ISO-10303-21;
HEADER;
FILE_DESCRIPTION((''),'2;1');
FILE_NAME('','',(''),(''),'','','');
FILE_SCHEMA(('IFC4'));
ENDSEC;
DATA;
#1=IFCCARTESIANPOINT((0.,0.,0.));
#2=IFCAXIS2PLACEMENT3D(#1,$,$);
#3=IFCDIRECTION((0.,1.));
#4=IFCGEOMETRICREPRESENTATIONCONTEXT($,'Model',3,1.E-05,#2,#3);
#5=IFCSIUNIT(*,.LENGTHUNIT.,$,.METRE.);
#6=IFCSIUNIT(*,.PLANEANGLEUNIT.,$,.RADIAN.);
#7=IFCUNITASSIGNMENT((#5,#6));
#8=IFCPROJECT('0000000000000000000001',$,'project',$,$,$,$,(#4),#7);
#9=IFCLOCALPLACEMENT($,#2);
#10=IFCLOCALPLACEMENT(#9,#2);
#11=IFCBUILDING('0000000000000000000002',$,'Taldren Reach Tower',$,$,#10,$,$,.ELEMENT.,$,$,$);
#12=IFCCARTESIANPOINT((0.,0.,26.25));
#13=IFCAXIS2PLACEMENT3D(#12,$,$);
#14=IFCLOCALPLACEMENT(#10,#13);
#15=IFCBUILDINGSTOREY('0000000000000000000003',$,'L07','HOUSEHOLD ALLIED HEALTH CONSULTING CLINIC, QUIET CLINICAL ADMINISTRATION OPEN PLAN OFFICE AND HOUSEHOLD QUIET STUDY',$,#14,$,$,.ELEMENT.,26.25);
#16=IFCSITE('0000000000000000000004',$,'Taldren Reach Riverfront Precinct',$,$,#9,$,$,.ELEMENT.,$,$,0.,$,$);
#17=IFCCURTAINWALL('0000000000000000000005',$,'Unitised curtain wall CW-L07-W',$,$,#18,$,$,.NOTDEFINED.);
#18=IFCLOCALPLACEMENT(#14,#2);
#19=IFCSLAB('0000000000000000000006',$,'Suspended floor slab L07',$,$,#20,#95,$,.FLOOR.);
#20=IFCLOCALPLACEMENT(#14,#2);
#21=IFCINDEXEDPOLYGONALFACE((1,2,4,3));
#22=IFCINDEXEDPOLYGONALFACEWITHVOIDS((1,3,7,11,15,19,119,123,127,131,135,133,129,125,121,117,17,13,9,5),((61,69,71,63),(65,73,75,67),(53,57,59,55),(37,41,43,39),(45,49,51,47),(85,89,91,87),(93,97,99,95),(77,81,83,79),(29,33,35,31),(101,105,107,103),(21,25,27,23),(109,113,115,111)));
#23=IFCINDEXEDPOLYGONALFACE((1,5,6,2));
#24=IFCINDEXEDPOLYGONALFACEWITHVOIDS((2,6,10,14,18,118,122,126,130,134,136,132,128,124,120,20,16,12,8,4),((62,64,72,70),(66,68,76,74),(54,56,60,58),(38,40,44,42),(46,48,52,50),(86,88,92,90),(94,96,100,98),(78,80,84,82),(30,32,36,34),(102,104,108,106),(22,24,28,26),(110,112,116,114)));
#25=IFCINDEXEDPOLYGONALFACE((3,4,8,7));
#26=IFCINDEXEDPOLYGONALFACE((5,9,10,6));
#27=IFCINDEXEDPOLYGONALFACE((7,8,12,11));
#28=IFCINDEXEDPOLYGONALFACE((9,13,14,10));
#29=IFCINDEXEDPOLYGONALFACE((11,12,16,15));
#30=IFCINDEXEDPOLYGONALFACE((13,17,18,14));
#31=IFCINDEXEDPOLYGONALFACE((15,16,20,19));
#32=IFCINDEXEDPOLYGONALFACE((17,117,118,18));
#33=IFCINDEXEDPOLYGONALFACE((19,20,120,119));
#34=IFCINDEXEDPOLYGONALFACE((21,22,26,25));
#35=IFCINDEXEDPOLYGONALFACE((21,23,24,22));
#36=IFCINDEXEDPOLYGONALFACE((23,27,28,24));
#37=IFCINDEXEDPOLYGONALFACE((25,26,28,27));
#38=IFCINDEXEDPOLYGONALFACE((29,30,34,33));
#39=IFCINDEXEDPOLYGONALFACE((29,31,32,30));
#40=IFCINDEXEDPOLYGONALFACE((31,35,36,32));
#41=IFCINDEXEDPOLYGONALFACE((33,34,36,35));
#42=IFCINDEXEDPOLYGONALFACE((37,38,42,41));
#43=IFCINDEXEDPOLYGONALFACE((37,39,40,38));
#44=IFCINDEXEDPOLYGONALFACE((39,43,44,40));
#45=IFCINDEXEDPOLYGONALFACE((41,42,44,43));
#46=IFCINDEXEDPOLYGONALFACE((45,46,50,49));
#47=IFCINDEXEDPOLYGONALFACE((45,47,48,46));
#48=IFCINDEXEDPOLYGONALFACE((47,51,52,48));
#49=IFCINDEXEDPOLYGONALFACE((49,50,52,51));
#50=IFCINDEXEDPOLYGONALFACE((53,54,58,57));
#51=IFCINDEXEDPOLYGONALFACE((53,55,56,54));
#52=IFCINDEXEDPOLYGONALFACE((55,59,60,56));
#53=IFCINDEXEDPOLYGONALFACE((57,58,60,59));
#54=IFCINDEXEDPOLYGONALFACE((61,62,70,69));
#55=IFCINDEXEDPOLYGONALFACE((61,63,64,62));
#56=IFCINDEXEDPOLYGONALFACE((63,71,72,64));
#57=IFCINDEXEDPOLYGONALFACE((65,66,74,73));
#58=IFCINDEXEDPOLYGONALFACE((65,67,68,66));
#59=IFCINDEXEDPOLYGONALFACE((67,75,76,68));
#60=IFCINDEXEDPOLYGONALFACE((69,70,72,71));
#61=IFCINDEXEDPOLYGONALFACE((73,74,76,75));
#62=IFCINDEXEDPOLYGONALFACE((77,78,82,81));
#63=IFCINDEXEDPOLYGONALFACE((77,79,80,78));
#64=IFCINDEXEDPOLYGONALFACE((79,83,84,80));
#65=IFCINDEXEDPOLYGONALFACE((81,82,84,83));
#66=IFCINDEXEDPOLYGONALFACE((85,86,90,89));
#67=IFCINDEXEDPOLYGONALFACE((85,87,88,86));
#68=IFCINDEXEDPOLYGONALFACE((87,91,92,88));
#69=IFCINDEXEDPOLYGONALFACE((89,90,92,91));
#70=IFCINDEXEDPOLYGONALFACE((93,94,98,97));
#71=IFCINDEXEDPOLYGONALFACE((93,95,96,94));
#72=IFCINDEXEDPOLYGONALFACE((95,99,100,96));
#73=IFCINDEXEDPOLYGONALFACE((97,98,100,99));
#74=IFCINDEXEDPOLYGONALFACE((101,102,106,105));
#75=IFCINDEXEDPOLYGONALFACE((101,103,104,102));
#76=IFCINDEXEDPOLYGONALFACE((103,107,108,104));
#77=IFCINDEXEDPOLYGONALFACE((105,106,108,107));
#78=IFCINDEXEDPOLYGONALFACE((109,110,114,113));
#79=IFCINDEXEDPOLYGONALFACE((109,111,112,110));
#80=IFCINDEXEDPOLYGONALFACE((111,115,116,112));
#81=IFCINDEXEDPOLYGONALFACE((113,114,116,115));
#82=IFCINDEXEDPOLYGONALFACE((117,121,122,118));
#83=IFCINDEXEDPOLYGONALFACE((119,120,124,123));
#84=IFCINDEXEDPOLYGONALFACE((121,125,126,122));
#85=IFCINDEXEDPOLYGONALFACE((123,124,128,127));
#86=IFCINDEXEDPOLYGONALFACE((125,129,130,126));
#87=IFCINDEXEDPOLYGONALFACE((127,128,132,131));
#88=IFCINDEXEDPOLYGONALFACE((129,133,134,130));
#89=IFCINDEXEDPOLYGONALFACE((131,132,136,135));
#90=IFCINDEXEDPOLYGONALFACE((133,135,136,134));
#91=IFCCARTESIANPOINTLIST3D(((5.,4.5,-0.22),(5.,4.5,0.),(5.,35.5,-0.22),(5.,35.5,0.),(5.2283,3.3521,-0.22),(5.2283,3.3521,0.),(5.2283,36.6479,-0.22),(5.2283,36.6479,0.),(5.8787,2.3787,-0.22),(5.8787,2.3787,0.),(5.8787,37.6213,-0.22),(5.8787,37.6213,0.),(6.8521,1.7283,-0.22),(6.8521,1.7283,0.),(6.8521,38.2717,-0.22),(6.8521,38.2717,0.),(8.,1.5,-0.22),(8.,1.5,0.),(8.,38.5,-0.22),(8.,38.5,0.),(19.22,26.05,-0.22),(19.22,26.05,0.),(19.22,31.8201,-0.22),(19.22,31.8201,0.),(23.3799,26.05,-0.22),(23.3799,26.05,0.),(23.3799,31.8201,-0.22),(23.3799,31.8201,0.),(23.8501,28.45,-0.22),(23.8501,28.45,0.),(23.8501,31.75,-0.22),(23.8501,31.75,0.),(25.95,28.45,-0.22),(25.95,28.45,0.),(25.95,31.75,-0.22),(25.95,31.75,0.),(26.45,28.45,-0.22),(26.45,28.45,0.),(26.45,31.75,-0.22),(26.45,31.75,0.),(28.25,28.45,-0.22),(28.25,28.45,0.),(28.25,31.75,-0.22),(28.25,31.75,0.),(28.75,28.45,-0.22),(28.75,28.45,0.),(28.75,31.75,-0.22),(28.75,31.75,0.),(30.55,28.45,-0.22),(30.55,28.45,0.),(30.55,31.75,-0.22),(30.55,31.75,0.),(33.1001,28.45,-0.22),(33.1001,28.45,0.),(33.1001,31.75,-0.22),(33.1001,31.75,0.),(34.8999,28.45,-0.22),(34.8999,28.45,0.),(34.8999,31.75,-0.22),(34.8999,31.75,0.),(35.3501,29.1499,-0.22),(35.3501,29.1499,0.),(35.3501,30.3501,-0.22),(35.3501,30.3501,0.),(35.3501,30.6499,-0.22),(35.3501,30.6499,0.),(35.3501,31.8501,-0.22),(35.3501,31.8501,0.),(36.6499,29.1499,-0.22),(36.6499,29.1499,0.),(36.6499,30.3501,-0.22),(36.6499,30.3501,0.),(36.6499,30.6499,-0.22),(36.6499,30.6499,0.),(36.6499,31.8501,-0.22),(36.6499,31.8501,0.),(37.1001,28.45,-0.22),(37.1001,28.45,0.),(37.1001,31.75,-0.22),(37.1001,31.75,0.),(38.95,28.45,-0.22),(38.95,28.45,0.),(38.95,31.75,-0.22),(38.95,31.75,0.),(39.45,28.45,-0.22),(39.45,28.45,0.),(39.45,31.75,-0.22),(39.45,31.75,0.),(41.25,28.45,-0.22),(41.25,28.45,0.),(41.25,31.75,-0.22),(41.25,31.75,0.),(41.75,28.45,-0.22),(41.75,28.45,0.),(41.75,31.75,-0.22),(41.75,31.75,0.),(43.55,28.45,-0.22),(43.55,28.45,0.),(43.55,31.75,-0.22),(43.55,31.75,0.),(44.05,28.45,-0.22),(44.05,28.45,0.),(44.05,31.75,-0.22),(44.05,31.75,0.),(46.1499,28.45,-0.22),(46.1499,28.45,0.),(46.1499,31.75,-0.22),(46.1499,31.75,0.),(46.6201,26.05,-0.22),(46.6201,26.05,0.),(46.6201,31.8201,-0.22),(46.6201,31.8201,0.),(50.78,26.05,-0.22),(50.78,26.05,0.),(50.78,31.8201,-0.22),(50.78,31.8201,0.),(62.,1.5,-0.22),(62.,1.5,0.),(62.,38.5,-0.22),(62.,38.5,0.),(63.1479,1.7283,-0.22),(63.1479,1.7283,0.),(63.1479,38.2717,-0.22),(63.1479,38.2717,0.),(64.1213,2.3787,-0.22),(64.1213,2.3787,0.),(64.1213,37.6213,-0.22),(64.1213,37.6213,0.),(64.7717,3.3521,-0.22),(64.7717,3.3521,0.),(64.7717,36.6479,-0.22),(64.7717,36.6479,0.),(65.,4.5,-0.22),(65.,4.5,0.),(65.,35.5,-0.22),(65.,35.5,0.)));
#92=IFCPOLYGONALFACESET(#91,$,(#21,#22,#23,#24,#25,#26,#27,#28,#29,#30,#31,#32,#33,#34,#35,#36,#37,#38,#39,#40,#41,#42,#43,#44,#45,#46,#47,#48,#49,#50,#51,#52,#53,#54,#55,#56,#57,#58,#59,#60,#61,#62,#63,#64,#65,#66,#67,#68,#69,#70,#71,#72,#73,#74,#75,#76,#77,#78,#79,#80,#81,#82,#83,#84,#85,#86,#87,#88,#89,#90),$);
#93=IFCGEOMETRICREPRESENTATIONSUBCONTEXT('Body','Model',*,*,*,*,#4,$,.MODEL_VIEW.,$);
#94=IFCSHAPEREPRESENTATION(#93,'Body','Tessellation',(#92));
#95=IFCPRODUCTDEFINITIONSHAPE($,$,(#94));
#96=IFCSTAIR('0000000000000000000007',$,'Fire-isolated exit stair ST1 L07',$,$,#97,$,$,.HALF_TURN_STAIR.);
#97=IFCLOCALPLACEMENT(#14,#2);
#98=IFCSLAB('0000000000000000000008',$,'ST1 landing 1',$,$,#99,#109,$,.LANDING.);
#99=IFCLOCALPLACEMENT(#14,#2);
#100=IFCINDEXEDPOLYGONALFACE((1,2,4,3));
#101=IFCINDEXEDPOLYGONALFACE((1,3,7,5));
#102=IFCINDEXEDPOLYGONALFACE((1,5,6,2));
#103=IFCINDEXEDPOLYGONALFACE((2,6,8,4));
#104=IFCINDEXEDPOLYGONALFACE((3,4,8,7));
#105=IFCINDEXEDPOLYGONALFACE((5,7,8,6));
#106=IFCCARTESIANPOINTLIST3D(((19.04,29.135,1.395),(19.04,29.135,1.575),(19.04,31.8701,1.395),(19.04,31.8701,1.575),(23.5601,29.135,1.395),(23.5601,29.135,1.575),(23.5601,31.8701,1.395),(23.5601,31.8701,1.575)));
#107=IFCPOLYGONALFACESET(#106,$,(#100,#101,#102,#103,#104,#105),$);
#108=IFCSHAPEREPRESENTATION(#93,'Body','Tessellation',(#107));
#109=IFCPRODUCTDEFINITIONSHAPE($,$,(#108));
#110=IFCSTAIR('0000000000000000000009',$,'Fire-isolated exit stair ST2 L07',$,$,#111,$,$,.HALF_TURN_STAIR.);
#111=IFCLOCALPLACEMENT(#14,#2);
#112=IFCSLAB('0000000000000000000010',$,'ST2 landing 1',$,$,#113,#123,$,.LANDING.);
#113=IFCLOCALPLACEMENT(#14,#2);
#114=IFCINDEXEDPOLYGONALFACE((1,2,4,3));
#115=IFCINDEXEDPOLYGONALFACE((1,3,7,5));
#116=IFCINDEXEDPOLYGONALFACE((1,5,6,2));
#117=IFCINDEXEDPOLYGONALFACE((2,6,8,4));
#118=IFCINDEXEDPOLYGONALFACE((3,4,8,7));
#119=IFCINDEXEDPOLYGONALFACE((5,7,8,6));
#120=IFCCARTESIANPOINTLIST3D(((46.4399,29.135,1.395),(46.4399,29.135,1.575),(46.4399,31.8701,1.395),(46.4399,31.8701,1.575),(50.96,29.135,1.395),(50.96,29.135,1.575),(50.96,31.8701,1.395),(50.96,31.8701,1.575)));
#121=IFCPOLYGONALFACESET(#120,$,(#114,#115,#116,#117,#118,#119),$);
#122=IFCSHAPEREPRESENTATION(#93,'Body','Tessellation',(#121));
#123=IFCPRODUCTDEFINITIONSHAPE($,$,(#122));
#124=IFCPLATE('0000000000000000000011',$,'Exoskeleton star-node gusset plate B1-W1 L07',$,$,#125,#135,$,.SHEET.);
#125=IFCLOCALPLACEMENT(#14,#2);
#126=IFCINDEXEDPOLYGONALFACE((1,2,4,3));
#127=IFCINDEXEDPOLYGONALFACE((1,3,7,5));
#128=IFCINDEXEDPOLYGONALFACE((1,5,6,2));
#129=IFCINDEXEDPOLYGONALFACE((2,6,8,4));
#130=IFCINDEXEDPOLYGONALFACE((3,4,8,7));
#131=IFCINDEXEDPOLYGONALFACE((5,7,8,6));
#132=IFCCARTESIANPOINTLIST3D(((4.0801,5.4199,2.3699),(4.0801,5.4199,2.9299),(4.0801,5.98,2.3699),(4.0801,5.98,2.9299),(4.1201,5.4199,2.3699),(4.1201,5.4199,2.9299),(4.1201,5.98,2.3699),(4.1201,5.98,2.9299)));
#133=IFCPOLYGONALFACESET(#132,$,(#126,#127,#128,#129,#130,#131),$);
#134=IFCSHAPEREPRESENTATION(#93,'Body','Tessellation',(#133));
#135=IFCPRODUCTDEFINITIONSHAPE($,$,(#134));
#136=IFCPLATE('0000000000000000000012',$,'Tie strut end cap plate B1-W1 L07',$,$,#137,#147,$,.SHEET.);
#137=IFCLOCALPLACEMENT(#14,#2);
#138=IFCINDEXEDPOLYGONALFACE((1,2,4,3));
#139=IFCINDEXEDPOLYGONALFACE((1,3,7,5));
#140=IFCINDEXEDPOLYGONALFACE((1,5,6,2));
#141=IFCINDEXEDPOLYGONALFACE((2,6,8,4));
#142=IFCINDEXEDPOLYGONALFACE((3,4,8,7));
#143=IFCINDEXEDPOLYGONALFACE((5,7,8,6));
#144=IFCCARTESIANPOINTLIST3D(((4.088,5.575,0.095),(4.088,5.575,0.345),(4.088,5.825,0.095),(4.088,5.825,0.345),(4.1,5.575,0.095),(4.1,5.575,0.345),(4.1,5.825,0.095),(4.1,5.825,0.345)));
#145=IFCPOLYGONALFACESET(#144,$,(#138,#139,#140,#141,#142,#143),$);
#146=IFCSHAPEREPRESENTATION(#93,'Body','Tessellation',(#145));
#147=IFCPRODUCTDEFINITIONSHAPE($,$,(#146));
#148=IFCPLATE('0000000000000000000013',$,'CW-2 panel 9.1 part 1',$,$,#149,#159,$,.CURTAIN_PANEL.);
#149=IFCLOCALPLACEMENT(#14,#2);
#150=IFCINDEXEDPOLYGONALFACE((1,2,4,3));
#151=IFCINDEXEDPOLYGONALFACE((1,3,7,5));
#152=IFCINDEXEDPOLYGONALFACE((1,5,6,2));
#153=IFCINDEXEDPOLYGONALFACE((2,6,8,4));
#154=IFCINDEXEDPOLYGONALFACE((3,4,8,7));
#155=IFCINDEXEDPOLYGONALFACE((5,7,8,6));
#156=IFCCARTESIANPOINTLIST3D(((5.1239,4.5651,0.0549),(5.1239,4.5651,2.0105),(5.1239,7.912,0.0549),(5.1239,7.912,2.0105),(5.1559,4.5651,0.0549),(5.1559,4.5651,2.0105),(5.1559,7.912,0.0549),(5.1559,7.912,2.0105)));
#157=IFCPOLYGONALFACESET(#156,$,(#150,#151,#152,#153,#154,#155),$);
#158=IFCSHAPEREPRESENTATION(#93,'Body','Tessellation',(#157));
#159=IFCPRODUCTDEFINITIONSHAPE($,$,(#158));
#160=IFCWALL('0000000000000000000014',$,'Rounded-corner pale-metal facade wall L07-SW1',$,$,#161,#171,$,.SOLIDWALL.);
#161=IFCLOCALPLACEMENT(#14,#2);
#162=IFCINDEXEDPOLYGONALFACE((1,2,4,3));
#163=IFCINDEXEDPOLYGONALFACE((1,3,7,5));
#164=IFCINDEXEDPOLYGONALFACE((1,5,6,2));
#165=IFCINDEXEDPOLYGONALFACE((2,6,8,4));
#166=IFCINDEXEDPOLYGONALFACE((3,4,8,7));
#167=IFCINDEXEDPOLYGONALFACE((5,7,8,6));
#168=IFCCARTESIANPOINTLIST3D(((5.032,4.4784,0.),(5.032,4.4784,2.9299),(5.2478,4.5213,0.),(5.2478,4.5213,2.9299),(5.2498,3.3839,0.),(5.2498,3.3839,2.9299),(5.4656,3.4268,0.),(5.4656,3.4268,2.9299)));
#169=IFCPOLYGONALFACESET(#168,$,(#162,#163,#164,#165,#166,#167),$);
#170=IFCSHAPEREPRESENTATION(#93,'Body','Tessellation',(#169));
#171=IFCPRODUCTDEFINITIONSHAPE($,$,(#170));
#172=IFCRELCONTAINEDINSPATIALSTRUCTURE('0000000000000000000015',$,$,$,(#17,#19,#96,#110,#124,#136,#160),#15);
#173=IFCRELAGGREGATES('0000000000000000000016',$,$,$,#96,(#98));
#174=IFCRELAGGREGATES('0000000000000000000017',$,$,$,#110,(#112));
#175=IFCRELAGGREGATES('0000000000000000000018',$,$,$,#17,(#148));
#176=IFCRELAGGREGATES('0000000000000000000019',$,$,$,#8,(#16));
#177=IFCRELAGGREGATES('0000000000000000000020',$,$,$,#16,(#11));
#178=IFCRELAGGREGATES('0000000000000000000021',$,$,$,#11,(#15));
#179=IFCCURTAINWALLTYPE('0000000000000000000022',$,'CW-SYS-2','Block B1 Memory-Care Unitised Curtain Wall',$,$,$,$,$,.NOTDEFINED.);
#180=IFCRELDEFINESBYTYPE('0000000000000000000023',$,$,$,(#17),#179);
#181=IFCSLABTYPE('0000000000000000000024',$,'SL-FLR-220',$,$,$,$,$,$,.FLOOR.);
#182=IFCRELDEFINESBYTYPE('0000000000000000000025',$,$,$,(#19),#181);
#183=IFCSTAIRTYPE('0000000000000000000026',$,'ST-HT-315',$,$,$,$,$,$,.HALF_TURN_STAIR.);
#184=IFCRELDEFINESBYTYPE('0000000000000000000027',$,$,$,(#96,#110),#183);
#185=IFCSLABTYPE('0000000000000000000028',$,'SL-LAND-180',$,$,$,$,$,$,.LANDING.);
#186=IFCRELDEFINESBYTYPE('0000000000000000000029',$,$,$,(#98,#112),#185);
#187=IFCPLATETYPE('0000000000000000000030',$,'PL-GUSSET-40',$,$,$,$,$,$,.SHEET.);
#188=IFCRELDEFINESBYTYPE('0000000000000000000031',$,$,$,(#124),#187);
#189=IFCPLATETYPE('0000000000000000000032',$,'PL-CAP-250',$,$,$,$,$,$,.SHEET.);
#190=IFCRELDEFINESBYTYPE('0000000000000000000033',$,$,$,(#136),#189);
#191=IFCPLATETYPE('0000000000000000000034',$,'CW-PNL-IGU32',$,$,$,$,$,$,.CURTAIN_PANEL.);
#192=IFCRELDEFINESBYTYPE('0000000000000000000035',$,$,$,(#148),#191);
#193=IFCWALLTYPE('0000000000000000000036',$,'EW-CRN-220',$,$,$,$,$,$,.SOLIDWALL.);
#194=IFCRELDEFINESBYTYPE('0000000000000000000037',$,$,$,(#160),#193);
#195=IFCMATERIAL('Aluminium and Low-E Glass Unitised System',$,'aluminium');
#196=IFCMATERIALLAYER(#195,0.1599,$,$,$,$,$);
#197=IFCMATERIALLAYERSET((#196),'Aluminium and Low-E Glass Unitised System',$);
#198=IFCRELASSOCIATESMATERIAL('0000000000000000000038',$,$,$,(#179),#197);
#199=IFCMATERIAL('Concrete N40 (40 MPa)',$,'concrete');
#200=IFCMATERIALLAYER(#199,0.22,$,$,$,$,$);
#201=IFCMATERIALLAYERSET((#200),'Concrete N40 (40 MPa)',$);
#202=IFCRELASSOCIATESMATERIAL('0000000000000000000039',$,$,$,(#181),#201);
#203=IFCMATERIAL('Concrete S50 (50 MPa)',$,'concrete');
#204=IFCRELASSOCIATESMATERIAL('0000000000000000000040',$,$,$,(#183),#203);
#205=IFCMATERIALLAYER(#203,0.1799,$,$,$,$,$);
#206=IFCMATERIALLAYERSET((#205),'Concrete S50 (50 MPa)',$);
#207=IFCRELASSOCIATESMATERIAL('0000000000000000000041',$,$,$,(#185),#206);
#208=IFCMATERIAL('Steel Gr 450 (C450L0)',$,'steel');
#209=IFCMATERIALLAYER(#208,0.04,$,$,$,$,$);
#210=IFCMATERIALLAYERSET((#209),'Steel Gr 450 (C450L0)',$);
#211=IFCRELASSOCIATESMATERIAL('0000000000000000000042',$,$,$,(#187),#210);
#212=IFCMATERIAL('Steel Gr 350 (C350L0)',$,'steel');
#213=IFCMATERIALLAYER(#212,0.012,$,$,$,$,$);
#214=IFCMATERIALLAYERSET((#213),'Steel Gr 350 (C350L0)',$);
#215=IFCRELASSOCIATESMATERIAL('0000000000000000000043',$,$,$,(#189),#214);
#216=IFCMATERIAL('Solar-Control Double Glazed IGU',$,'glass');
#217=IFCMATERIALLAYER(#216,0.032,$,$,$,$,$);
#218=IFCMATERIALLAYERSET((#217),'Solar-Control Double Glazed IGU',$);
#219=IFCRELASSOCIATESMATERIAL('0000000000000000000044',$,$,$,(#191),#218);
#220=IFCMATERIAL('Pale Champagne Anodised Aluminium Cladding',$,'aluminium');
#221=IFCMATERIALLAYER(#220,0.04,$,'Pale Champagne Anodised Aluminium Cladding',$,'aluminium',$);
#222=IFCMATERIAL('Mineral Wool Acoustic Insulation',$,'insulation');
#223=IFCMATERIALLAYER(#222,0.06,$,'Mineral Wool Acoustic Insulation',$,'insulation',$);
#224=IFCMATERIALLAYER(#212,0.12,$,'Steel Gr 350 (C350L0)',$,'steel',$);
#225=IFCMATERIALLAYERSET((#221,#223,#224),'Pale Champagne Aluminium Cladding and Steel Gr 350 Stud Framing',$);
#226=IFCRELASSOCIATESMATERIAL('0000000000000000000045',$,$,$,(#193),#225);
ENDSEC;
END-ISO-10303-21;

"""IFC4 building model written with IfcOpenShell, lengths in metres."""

from ifc_helpers import new_model, si_unit, direction, frame, frame_2d, origin, origin_2d, place, context, subcontext, project, spatial, polyline, rectangle, outline, extrude, source, transform, mapped, material, layer, layer_set, type_object, element, aggregate, save


model = new_model("IFC4")

# Units and contexts
model_context = context("Model", 3, precision=1e-05, world=origin(), true_north=direction((0.0, 1.0)))
body_context = subcontext(model_context, "Body", "Model", "MODEL_VIEW")
ifc_project = project(units=[si_unit("LENGTHUNIT", "METRE"), si_unit("PLANEANGLEUNIT", "RADIAN")], contexts=[model_context])

# Site, building, storey
site_placement = place(None, origin())
site = spatial("IfcSite", under=ifc_project, at=site_placement, Name="Taldren Reach Riverfront Precinct", CompositionType="ELEMENT", RefElevation=0.0)
building_placement = place(site_placement, origin())
building = spatial("IfcBuilding", under=site, at=building_placement, Name="Taldren Reach Tower", CompositionType="ELEMENT")
storey_placement = place(building_placement, frame((0.0, 0.0, 26.25)))
storey = spatial("IfcBuildingStorey", under=building, at=storey_placement, Name="L07", Description="HOUSEHOLD ALLIED HEALTH CONSULTING CLINIC, QUIET CLINICAL ADMINISTRATION OPEN PLAN OFFICE AND HOUSEHOLD QUIET STUDY", CompositionType="ELEMENT", Elevation=26.25)

# Shared definitions
ifc_material_1 = material(Name="Steel Gr 450 (C450L0)", Category="steel")
ifc_material_2 = material(Name="Steel Gr 350 (C350L0)", Category="steel")

# Curtain wall
ifc_material_3 = material(Name="Aluminium and Low-E Glass Unitised System", Category="aluminium")
ifc_layer_1 = layer(ifc_material_3, 0.1599)
ifc_layer_set_1 = layer_set([ifc_layer_1], Name="Aluminium and Low-E Glass Unitised System")
curtain_wall_type = type_object("IfcCurtainWallType", Name="CW-SYS-2", Description="Block B1 Memory-Care Unitised Curtain Wall", PredefinedType="NOTDEFINED", material=ifc_layer_set_1)
curtain_wall_1_placement = place(storey_placement, origin())
curtain_wall_1 = element("IfcCurtainWall", 1, at=curtain_wall_1_placement, inside=storey, type_object=curtain_wall_type, Name="Unitised curtain wall CW-L07-W", PredefinedType="NOTDEFINED")

# Slab
ifc_material_4 = material(Name="Concrete N40 (40 MPa)", Category="concrete")
ifc_layer_2 = layer(ifc_material_4, 0.22)
ifc_layer_set_2 = layer_set([ifc_layer_2], Name="Concrete N40 (40 MPa)")
slab_type_1 = type_object("IfcSlabType", Name="SL-FLR-220", PredefinedType="FLOOR", material=ifc_layer_set_2)
slab_1_placement = place(storey_placement, frame((0.0, 0.0, -0.22)))
element("IfcSlab", 2, at=slab_1_placement, inside=storey, type_object=slab_type_1, Name="Suspended floor slab L07", PredefinedType="FLOOR", context=body_context, shape_type="SweptSolid", body=[
    extrude(outline(polyline([(62.0, 1.5), (63.1479, 1.7283), (64.1213, 2.3787), (64.7717, 3.3521), (65.0, 4.5), (65.0, 35.5), (64.7717, 36.6479), (64.1213, 37.6213), (63.1479, 38.2717), (62.0, 38.5), (8.0, 38.5), (6.8521, 38.2717), (5.8787, 37.6213), (5.2283, 36.6479), (5.0, 35.5), (5.0, 4.5), (5.2283, 3.3521), (5.8787, 2.3787), (6.8521, 1.7283), (8.0, 1.5), (62.0, 1.5)]), holes=[polyline([(19.22, 26.05), (23.3799, 26.05), (23.3799, 31.8201), (19.22, 31.8201), (19.22, 26.05)]), polyline([(46.6201, 26.05), (50.78, 26.05), (50.78, 31.8201), (46.6201, 31.8201), (46.6201, 26.05)]), polyline([(23.8501, 28.45), (25.95, 28.45), (25.95, 31.75), (23.8501, 31.75), (23.8501, 28.45)]), polyline([(44.05, 28.45), (46.1499, 28.45), (46.1499, 31.75), (44.05, 31.75), (44.05, 28.45)]), polyline([(26.45, 28.45), (28.25, 28.45), (28.25, 31.75), (26.45, 31.75), (26.45, 28.45)]), polyline([(28.75, 28.45), (30.55, 28.45), (30.55, 31.75), (28.75, 31.75), (28.75, 28.45)]), polyline([(33.1001, 28.45), (34.8999, 28.45), (34.8999, 31.75), (33.1001, 31.75), (33.1001, 28.45)]), polyline([(37.1001, 28.45), (38.95, 28.45), (38.95, 31.75), (37.1001, 31.75), (37.1001, 28.45)]), polyline([(39.45, 28.45), (41.25, 28.45), (41.25, 31.75), (39.45, 31.75), (39.45, 28.45)]), polyline([(41.75, 28.45), (43.55, 28.45), (43.55, 31.75), (41.75, 31.75), (41.75, 28.45)]), polyline([(35.3501, 30.6499), (36.6499, 30.6499), (36.6499, 31.8501), (35.3501, 31.8501), (35.3501, 30.6499)]), polyline([(35.3501, 29.1499), (36.6499, 29.1499), (36.6499, 30.3501), (35.3501, 30.3501), (35.3501, 29.1499)])]), origin(), (0.0, 0.0, 1.0), 0.22),
])

# Stairs, slabs
ifc_material_5 = material(Name="Concrete S50 (50 MPa)", Category="concrete")
stair_type = type_object("IfcStairType", Name="ST-HT-315", PredefinedType="HALF_TURN_STAIR", material=ifc_material_5)
stair_1_placement = place(storey_placement, origin())
stair_1 = element("IfcStair", 3, at=stair_1_placement, inside=storey, type_object=stair_type, Name="Fire-isolated exit stair ST1 L07", PredefinedType="HALF_TURN_STAIR")
ifc_layer_3 = layer(ifc_material_5, 0.1799)
ifc_layer_set_3 = layer_set([ifc_layer_3], Name="Concrete S50 (50 MPa)")
slab_type_2 = type_object("IfcSlabType", Name="SL-LAND-180", PredefinedType="LANDING", material=ifc_layer_set_3)
slab_2_placement = place(storey_placement, frame((0.0, 0.0, 1.395)))
slab_2 = element("IfcSlab", 4, at=slab_2_placement, type_object=slab_type_2, Name="ST1 landing 1", PredefinedType="LANDING", context=body_context, shape_type="SweptSolid", body=[
    extrude(outline(polyline([(19.04, 29.135), (23.5601, 29.135), (23.5601, 31.8701), (19.04, 31.8701), (19.04, 29.135)])), origin(), (0.0, 0.0, 1.0), 0.1799),
])
aggregate(stair_1, [slab_2])
stair_2_placement = place(storey_placement, origin())
stair_2 = element("IfcStair", 5, at=stair_2_placement, inside=storey, type_object=stair_type, Name="Fire-isolated exit stair ST2 L07", PredefinedType="HALF_TURN_STAIR")
slab_3_placement = place(storey_placement, frame((0.0, 0.0, 1.395)))
slab_3 = element("IfcSlab", 6, at=slab_3_placement, type_object=slab_type_2, Name="ST2 landing 1", PredefinedType="LANDING", context=body_context, shape_type="SweptSolid", body=[
    extrude(outline(polyline([(46.4399, 29.135), (50.96, 29.135), (50.96, 31.8701), (46.4399, 31.8701), (46.4399, 29.135)])), origin(), (0.0, 0.0, 1.0), 0.1799),
])
aggregate(stair_2, [slab_3])

# Plates
ifc_layer_4 = layer(ifc_material_1, 0.04)
ifc_layer_set_4 = layer_set([ifc_layer_4], Name="Steel Gr 450 (C450L0)")
plate_type_1 = type_object("IfcPlateType", Name="PL-GUSSET-40", PredefinedType="SHEET", material=ifc_layer_set_4)
shared_shape_1 = source(origin(), body_context, "Body", "SweptSolid", [
    extrude(rectangle(XDim=0.5601, YDim=0.04, at=origin_2d()), origin(), (0.0, 0.0, 1.0), 0.5601),
])
plate_1_placement = place(storey_placement, frame((4.1001, 5.7, 2.3699), z_axis=(0.0, 0.0, 1.0), x_axis=(0.0, 1.0, 0.0)))
element("IfcPlate", 7, at=plate_1_placement, inside=storey, type_object=plate_type_1, Name="Exoskeleton star-node gusset plate B1-W1 L07", PredefinedType="SHEET", context=body_context, shape_type="MappedRepresentation", body=[
    mapped(shared_shape_1, transform((0.0, 0.0, 0.0), scale=1.0)),
])
ifc_layer_5 = layer(ifc_material_2, 0.012)
ifc_layer_set_5 = layer_set([ifc_layer_5], Name="Steel Gr 350 (C350L0)")
plate_type_2 = type_object("IfcPlateType", Name="PL-CAP-250", PredefinedType="SHEET", material=ifc_layer_set_5)
shared_shape_2 = source(origin(), body_context, "Body", "SweptSolid", [
    extrude(rectangle(XDim=0.012, YDim=0.25, at=origin_2d()), origin(), (0.0, 0.0, 1.0), 0.25),
])
plate_2_placement = place(storey_placement, frame((4.094, 5.7, 0.095), z_axis=(0.0, 0.0, 1.0), x_axis=(1.0, 0.0, 0.0)))
element("IfcPlate", 8, at=plate_2_placement, inside=storey, type_object=plate_type_2, Name="Tie strut end cap plate B1-W1 L07", PredefinedType="SHEET", context=body_context, shape_type="MappedRepresentation", body=[
    mapped(shared_shape_2, transform((0.0, 0.0, 0.0), scale=1.0)),
])

# Plate
ifc_material_6 = material(Name="Solar-Control Double Glazed IGU", Category="glass")
ifc_layer_6 = layer(ifc_material_6, 0.032)
ifc_layer_set_6 = layer_set([ifc_layer_6], Name="Solar-Control Double Glazed IGU")
plate_type_3 = type_object("IfcPlateType", Name="CW-PNL-IGU32", PredefinedType="CURTAIN_PANEL", material=ifc_layer_set_6)
shared_shape_3 = source(origin(), body_context, "Body", "SweptSolid", [
    extrude(rectangle(XDim=3.3469, YDim=0.032, at=origin_2d()), origin(), (0.0, 0.0, 1.0), 1.9556),
])
plate_3_placement = place(storey_placement, frame((5.1399, 6.2385, 0.0549), z_axis=(0.0, 0.0, 1.0), x_axis=(0.0, -1.0, 0.0)))
plate_3 = element("IfcPlate", 9, at=plate_3_placement, type_object=plate_type_3, Name="CW-2 panel 9.1 part 1", PredefinedType="CURTAIN_PANEL", context=body_context, shape_type="MappedRepresentation", body=[
    mapped(shared_shape_3, transform((0.0, 0.0, 0.0), scale=1.0)),
])
aggregate(curtain_wall_1, [plate_3])

# Wall
ifc_material_7 = material(Name="Pale Champagne Anodised Aluminium Cladding", Category="aluminium")
ifc_layer_7 = layer(ifc_material_7, 0.04, Name="Pale Champagne Anodised Aluminium Cladding", Category="aluminium")
ifc_material_8 = material(Name="Mineral Wool Acoustic Insulation", Category="insulation")
ifc_layer_8 = layer(ifc_material_8, 0.06, Name="Mineral Wool Acoustic Insulation", Category="insulation")
ifc_layer_9 = layer(ifc_material_2, 0.12, Name="Steel Gr 350 (C350L0)", Category="steel")
ifc_layer_set_7 = layer_set([ifc_layer_7, ifc_layer_8, ifc_layer_9], Name="Pale Champagne Aluminium Cladding and Steel Gr 350 Stud Framing")
wall_type = type_object("IfcWallType", Name="EW-CRN-220", PredefinedType="SOLIDWALL", material=ifc_layer_set_7)
shared_shape_4 = source(origin(), body_context, "Body", "SweptSolid", [
    extrude(rectangle(XDim=1.116, YDim=0.22, at=frame_2d((0.5581, 0.0))), origin(), (0.0, 0.0, 1.0), 2.9299),
])
for number, where, z_axis, x_axis, name in (
    (10, (5.1399, 4.5, 0.0), (0.0, 0.0, 1.0), (0.195148, -0.980774, 0.0), "Rounded-corner pale-metal facade wall L07-SW1"),
):
    element("IfcWall", number, at=place(storey_placement, frame(where, z_axis=z_axis, x_axis=x_axis)), inside=storey, type_object=wall_type, Name=name, PredefinedType="SOLIDWALL", context=body_context, shape_type="MappedRepresentation", body=[
        mapped(shared_shape_4, transform((0.0, 0.0, 0.0), scale=1.0)),
    ])

save(model, "model.ifc")
